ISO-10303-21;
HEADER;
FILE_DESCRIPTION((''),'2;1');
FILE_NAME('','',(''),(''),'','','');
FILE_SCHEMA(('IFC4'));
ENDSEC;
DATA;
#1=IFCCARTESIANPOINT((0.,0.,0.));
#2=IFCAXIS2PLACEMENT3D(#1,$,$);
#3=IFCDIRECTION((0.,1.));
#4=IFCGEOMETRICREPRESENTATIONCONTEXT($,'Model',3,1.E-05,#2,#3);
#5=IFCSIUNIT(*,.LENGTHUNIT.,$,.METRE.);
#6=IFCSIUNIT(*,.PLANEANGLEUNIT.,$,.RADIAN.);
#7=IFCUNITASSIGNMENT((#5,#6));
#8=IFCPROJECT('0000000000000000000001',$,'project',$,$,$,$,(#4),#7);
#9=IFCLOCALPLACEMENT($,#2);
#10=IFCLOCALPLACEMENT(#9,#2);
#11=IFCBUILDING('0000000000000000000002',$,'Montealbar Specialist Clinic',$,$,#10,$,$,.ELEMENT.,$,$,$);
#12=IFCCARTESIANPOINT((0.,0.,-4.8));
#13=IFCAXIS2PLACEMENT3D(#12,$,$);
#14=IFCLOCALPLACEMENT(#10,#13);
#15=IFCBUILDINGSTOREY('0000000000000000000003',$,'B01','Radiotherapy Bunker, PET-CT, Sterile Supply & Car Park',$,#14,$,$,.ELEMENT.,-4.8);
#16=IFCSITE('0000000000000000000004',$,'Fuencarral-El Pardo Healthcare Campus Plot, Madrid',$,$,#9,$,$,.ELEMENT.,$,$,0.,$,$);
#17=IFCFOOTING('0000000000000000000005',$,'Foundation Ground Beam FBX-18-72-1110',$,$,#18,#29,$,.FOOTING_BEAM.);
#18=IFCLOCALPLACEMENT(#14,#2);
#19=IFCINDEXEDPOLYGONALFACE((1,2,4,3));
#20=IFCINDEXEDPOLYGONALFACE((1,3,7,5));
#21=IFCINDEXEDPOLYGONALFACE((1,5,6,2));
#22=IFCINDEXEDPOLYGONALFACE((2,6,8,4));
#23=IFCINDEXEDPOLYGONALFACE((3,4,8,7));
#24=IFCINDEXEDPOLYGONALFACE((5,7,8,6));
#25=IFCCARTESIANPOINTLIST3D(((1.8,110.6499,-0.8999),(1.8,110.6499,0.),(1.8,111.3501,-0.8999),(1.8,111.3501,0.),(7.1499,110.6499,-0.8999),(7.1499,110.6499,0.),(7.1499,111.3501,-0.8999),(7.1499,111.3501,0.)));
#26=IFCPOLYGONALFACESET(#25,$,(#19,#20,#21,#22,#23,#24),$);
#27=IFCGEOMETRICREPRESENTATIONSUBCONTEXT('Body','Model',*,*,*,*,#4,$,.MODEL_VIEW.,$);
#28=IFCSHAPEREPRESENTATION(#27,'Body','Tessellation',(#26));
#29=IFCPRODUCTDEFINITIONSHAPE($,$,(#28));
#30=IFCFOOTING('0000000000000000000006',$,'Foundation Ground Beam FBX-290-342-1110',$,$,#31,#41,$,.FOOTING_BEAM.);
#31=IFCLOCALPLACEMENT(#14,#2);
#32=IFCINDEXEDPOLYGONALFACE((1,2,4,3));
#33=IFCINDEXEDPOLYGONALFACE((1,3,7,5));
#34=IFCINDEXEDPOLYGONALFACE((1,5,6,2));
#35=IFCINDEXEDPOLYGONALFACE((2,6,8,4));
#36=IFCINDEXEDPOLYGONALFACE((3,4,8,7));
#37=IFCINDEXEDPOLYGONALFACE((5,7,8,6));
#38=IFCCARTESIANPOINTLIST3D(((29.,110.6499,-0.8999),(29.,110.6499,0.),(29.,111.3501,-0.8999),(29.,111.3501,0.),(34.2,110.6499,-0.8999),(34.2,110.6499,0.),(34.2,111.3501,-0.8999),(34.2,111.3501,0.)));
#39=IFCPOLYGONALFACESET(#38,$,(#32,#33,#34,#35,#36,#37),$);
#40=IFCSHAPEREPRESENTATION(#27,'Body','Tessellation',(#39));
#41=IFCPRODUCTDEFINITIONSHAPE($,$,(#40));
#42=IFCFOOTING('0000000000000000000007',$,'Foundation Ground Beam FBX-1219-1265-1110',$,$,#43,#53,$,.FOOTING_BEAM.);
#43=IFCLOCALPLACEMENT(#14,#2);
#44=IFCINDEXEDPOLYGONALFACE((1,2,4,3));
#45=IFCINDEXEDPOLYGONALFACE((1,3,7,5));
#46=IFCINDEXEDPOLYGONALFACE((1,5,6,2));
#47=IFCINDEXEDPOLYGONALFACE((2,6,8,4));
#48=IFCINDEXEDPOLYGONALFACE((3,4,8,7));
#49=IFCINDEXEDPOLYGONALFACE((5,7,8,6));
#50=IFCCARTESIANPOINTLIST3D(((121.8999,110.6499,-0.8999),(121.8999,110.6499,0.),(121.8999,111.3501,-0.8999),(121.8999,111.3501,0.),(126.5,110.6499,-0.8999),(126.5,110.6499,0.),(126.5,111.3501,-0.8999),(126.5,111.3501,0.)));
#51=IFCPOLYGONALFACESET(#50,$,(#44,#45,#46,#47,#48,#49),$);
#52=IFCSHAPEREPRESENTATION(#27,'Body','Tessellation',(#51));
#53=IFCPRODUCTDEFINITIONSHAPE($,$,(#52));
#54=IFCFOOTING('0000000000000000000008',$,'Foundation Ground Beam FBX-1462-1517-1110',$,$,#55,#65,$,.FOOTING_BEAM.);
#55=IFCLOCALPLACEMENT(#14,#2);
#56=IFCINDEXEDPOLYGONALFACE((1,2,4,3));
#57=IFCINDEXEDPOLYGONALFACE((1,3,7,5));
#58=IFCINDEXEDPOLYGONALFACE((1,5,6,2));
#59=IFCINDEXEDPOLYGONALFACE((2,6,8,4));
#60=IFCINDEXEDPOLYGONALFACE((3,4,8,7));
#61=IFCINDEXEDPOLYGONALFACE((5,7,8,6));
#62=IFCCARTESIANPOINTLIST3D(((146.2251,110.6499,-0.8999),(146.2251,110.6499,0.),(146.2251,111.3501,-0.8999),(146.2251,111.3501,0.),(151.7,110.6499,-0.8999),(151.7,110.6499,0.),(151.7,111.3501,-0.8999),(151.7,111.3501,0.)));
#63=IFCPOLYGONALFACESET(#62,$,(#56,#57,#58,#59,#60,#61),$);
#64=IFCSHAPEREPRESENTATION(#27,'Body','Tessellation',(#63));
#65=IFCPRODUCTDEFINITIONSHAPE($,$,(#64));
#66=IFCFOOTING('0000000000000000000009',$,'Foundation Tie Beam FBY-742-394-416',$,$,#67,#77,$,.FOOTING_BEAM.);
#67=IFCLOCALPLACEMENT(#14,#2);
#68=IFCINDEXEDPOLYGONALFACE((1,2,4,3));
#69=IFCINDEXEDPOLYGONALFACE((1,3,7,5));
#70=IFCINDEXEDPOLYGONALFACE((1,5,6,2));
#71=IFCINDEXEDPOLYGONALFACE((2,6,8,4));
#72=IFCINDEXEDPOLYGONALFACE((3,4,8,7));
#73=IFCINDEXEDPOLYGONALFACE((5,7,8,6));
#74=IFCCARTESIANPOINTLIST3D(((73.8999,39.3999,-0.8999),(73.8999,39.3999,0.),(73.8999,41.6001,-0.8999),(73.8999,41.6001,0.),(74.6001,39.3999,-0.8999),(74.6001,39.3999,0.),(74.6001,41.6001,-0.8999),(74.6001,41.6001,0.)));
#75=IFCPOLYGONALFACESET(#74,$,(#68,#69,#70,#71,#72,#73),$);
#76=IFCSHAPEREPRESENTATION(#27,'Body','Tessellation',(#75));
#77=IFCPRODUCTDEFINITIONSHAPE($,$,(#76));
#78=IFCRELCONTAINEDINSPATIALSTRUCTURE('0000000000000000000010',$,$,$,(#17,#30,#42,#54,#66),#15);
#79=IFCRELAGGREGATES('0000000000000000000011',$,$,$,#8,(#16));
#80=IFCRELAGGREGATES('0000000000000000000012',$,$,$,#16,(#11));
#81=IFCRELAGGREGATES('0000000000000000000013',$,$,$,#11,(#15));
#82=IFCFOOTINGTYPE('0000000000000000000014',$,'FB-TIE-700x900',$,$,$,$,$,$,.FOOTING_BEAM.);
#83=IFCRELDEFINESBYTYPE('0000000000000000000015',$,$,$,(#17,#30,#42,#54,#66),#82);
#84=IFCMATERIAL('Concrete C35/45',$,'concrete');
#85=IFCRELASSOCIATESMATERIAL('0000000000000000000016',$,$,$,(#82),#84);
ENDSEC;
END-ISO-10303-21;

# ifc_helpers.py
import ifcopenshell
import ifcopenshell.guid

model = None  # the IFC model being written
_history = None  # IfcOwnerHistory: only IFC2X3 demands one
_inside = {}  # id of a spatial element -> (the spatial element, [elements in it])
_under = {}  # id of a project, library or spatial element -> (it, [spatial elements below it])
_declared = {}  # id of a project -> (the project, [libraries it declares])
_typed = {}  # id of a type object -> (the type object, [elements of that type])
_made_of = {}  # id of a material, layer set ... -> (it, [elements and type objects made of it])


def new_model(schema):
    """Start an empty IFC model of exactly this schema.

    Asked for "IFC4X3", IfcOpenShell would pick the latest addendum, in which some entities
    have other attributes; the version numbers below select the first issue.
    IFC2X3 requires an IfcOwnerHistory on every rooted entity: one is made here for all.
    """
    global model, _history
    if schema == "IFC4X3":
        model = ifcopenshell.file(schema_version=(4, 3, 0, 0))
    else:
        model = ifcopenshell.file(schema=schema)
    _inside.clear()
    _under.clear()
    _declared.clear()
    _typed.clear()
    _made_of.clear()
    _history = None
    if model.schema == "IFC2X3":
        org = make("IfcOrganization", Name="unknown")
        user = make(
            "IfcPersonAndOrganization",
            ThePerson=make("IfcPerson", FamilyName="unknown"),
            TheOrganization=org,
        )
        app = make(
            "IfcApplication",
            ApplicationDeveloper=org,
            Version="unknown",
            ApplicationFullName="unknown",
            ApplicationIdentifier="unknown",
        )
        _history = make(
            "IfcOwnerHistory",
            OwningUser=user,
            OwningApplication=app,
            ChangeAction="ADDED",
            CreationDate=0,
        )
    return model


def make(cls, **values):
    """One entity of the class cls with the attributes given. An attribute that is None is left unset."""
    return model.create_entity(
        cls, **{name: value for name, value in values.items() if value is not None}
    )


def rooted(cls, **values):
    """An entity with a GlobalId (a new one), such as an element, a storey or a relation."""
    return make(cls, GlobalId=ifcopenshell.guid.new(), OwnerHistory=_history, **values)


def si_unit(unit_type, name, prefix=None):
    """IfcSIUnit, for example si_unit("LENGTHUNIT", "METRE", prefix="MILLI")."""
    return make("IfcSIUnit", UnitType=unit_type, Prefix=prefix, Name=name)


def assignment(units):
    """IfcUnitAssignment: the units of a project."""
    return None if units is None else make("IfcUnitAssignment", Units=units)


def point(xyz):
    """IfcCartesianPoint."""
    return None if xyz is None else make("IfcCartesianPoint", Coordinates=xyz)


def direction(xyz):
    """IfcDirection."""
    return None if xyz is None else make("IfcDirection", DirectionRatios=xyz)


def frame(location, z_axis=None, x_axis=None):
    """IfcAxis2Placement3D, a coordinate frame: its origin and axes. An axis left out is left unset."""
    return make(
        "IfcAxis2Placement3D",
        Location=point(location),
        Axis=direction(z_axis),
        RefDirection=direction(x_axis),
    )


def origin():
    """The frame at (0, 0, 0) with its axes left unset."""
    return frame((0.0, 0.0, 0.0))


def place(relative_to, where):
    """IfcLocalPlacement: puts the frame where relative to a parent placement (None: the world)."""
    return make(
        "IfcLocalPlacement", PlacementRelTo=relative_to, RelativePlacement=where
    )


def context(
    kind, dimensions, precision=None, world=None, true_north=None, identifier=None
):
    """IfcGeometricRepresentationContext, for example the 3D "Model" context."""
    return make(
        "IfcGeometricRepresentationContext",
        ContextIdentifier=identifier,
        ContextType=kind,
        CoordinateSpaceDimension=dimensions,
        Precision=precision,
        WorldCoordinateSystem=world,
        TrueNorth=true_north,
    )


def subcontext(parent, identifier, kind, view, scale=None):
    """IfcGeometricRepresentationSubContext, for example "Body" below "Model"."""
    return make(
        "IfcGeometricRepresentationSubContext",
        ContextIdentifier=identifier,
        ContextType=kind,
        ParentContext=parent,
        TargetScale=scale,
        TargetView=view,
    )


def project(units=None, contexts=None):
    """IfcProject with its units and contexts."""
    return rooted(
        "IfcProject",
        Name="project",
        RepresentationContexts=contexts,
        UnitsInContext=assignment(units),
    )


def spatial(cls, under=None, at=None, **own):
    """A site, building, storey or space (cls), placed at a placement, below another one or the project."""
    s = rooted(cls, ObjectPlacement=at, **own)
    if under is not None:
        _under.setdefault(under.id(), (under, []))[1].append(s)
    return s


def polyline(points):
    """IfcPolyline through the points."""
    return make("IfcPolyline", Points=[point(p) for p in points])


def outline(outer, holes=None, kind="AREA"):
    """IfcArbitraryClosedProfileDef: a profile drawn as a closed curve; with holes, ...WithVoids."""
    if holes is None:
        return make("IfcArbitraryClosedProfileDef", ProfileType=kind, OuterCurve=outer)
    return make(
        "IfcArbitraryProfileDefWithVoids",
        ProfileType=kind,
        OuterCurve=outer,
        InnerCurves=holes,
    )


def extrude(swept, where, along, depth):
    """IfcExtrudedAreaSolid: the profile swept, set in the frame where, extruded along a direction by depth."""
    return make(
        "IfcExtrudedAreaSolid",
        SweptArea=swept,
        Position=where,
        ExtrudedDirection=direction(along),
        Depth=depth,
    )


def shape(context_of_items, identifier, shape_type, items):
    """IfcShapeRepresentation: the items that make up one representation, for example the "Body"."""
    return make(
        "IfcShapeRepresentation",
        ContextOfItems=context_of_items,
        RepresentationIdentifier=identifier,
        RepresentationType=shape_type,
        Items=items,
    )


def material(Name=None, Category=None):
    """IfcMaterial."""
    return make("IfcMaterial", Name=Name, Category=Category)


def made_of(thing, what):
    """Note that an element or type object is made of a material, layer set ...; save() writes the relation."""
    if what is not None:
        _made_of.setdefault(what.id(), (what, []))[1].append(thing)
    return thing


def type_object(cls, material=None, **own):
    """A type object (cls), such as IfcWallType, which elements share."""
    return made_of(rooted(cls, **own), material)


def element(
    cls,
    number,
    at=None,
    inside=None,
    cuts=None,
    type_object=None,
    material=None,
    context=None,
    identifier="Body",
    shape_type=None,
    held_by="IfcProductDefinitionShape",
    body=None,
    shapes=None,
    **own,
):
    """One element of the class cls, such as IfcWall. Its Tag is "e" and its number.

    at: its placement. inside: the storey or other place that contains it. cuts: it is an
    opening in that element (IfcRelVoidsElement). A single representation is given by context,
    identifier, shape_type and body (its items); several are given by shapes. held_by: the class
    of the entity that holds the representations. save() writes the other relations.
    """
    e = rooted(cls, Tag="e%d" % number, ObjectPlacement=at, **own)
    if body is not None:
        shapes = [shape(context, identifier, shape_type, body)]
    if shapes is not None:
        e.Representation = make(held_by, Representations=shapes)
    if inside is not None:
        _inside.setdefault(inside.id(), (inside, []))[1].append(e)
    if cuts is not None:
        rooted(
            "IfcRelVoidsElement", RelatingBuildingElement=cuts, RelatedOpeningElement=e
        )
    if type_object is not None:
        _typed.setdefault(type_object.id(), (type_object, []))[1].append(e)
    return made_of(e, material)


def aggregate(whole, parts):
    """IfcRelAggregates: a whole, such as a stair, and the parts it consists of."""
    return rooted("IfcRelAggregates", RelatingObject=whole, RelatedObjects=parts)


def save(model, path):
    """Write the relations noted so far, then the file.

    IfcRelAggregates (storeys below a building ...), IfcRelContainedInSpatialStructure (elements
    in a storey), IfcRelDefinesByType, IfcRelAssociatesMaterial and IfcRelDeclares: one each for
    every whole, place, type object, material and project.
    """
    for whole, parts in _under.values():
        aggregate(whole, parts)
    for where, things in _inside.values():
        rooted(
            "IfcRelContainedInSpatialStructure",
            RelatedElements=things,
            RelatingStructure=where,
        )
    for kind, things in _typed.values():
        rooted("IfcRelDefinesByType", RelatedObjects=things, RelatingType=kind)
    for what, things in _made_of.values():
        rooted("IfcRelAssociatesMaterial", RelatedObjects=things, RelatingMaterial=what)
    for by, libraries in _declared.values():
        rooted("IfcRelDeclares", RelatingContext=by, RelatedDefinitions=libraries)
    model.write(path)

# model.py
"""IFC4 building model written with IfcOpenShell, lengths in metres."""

from ifc_helpers import new_model, si_unit, direction, frame, origin, place, context, subcontext, project, spatial, polyline, outline, extrude, material, type_object, element, save


model = new_model("IFC4")

# Units and contexts
model_context = context("Model", 3, precision=1e-05, world=origin(), true_north=direction((0.0, 1.0)))
body_context = subcontext(model_context, "Body", "Model", "MODEL_VIEW")
ifc_project = project(units=[si_unit("LENGTHUNIT", "METRE"), si_unit("PLANEANGLEUNIT", "RADIAN")], contexts=[model_context])

# Site, building, storey
site_placement = place(None, origin())
site = spatial("IfcSite", under=ifc_project, at=site_placement, Name="Fuencarral-El Pardo Healthcare Campus Plot, Madrid", CompositionType="ELEMENT", RefElevation=0.0)
building_placement = place(site_placement, origin())
building = spatial("IfcBuilding", under=site, at=building_placement, Name="Montealbar Specialist Clinic", CompositionType="ELEMENT")
storey_placement = place(building_placement, frame((0.0, 0.0, -4.8)))
storey = spatial("IfcBuildingStorey", under=building, at=storey_placement, Name="B01", Description="Radiotherapy Bunker, PET-CT, Sterile Supply & Car Park", CompositionType="ELEMENT", Elevation=-4.8)

# Footings
ifc_material = material(Name="Concrete C35/45", Category="concrete")
footing_type = type_object("IfcFootingType", Name="FB-TIE-700x900", PredefinedType="FOOTING_BEAM", material=ifc_material)
footing_1_placement = place(storey_placement, frame((0.0, 0.0, -0.8999)))
element("IfcFooting", 1, at=footing_1_placement, inside=storey, type_object=footing_type, Name="Foundation Ground Beam FBX-18-72-1110", PredefinedType="FOOTING_BEAM", context=body_context, shape_type="SweptSolid", body=[
    extrude(outline(polyline([(1.8, 110.6499), (7.1499, 110.6499), (7.1499, 111.3501), (1.8, 111.3501), (1.8, 110.6499)])), origin(), (0.0, 0.0, 1.0), 0.8999),
])
footing_2_placement = place(storey_placement, frame((0.0, 0.0, -0.8999)))
element("IfcFooting", 2, at=footing_2_placement, inside=storey, type_object=footing_type, Name="Foundation Ground Beam FBX-290-342-1110", PredefinedType="FOOTING_BEAM", context=body_context, shape_type="SweptSolid", body=[
    extrude(outline(polyline([(29.0, 110.6499), (34.2, 110.6499), (34.2, 111.3501), (29.0, 111.3501), (29.0, 110.6499)])), origin(), (0.0, 0.0, 1.0), 0.8999),
])
footing_3_placement = place(storey_placement, frame((0.0, 0.0, -0.8999)))
element("IfcFooting", 3, at=footing_3_placement, inside=storey, type_object=footing_type, Name="Foundation Ground Beam FBX-1219-1265-1110", PredefinedType="FOOTING_BEAM", context=body_context, shape_type="SweptSolid", body=[
    extrude(outline(polyline([(121.8999, 110.6499), (126.5, 110.6499), (126.5, 111.3501), (121.8999, 111.3501), (121.8999, 110.6499)])), origin(), (0.0, 0.0, 1.0), 0.8999),
])
footing_4_placement = place(storey_placement, frame((0.0, 0.0, -0.8999)))
element("IfcFooting", 4, at=footing_4_placement, inside=storey, type_object=footing_type, Name="Foundation Ground Beam FBX-1462-1517-1110", PredefinedType="FOOTING_BEAM", context=body_context, shape_type="SweptSolid", body=[
    extrude(outline(polyline([(146.2251, 110.6499), (151.7, 110.6499), (151.7, 111.3501), (146.2251, 111.3501), (146.2251, 110.6499)])), origin(), (0.0, 0.0, 1.0), 0.8999),
])
footing_5_placement = place(storey_placement, frame((0.0, 0.0, -0.8999)))
element("IfcFooting", 5, at=footing_5_placement, inside=storey, type_object=footing_type, Name="Foundation Tie Beam FBY-742-394-416", PredefinedType="FOOTING_BEAM", context=body_context, shape_type="SweptSolid", body=[
    extrude(outline(polyline([(73.8999, 39.3999), (74.6001, 39.3999), (74.6001, 41.6001), (73.8999, 41.6001), (73.8999, 39.3999)])), origin(), (0.0, 0.0, 1.0), 0.8999),
])

save(model, "model.ifc")
